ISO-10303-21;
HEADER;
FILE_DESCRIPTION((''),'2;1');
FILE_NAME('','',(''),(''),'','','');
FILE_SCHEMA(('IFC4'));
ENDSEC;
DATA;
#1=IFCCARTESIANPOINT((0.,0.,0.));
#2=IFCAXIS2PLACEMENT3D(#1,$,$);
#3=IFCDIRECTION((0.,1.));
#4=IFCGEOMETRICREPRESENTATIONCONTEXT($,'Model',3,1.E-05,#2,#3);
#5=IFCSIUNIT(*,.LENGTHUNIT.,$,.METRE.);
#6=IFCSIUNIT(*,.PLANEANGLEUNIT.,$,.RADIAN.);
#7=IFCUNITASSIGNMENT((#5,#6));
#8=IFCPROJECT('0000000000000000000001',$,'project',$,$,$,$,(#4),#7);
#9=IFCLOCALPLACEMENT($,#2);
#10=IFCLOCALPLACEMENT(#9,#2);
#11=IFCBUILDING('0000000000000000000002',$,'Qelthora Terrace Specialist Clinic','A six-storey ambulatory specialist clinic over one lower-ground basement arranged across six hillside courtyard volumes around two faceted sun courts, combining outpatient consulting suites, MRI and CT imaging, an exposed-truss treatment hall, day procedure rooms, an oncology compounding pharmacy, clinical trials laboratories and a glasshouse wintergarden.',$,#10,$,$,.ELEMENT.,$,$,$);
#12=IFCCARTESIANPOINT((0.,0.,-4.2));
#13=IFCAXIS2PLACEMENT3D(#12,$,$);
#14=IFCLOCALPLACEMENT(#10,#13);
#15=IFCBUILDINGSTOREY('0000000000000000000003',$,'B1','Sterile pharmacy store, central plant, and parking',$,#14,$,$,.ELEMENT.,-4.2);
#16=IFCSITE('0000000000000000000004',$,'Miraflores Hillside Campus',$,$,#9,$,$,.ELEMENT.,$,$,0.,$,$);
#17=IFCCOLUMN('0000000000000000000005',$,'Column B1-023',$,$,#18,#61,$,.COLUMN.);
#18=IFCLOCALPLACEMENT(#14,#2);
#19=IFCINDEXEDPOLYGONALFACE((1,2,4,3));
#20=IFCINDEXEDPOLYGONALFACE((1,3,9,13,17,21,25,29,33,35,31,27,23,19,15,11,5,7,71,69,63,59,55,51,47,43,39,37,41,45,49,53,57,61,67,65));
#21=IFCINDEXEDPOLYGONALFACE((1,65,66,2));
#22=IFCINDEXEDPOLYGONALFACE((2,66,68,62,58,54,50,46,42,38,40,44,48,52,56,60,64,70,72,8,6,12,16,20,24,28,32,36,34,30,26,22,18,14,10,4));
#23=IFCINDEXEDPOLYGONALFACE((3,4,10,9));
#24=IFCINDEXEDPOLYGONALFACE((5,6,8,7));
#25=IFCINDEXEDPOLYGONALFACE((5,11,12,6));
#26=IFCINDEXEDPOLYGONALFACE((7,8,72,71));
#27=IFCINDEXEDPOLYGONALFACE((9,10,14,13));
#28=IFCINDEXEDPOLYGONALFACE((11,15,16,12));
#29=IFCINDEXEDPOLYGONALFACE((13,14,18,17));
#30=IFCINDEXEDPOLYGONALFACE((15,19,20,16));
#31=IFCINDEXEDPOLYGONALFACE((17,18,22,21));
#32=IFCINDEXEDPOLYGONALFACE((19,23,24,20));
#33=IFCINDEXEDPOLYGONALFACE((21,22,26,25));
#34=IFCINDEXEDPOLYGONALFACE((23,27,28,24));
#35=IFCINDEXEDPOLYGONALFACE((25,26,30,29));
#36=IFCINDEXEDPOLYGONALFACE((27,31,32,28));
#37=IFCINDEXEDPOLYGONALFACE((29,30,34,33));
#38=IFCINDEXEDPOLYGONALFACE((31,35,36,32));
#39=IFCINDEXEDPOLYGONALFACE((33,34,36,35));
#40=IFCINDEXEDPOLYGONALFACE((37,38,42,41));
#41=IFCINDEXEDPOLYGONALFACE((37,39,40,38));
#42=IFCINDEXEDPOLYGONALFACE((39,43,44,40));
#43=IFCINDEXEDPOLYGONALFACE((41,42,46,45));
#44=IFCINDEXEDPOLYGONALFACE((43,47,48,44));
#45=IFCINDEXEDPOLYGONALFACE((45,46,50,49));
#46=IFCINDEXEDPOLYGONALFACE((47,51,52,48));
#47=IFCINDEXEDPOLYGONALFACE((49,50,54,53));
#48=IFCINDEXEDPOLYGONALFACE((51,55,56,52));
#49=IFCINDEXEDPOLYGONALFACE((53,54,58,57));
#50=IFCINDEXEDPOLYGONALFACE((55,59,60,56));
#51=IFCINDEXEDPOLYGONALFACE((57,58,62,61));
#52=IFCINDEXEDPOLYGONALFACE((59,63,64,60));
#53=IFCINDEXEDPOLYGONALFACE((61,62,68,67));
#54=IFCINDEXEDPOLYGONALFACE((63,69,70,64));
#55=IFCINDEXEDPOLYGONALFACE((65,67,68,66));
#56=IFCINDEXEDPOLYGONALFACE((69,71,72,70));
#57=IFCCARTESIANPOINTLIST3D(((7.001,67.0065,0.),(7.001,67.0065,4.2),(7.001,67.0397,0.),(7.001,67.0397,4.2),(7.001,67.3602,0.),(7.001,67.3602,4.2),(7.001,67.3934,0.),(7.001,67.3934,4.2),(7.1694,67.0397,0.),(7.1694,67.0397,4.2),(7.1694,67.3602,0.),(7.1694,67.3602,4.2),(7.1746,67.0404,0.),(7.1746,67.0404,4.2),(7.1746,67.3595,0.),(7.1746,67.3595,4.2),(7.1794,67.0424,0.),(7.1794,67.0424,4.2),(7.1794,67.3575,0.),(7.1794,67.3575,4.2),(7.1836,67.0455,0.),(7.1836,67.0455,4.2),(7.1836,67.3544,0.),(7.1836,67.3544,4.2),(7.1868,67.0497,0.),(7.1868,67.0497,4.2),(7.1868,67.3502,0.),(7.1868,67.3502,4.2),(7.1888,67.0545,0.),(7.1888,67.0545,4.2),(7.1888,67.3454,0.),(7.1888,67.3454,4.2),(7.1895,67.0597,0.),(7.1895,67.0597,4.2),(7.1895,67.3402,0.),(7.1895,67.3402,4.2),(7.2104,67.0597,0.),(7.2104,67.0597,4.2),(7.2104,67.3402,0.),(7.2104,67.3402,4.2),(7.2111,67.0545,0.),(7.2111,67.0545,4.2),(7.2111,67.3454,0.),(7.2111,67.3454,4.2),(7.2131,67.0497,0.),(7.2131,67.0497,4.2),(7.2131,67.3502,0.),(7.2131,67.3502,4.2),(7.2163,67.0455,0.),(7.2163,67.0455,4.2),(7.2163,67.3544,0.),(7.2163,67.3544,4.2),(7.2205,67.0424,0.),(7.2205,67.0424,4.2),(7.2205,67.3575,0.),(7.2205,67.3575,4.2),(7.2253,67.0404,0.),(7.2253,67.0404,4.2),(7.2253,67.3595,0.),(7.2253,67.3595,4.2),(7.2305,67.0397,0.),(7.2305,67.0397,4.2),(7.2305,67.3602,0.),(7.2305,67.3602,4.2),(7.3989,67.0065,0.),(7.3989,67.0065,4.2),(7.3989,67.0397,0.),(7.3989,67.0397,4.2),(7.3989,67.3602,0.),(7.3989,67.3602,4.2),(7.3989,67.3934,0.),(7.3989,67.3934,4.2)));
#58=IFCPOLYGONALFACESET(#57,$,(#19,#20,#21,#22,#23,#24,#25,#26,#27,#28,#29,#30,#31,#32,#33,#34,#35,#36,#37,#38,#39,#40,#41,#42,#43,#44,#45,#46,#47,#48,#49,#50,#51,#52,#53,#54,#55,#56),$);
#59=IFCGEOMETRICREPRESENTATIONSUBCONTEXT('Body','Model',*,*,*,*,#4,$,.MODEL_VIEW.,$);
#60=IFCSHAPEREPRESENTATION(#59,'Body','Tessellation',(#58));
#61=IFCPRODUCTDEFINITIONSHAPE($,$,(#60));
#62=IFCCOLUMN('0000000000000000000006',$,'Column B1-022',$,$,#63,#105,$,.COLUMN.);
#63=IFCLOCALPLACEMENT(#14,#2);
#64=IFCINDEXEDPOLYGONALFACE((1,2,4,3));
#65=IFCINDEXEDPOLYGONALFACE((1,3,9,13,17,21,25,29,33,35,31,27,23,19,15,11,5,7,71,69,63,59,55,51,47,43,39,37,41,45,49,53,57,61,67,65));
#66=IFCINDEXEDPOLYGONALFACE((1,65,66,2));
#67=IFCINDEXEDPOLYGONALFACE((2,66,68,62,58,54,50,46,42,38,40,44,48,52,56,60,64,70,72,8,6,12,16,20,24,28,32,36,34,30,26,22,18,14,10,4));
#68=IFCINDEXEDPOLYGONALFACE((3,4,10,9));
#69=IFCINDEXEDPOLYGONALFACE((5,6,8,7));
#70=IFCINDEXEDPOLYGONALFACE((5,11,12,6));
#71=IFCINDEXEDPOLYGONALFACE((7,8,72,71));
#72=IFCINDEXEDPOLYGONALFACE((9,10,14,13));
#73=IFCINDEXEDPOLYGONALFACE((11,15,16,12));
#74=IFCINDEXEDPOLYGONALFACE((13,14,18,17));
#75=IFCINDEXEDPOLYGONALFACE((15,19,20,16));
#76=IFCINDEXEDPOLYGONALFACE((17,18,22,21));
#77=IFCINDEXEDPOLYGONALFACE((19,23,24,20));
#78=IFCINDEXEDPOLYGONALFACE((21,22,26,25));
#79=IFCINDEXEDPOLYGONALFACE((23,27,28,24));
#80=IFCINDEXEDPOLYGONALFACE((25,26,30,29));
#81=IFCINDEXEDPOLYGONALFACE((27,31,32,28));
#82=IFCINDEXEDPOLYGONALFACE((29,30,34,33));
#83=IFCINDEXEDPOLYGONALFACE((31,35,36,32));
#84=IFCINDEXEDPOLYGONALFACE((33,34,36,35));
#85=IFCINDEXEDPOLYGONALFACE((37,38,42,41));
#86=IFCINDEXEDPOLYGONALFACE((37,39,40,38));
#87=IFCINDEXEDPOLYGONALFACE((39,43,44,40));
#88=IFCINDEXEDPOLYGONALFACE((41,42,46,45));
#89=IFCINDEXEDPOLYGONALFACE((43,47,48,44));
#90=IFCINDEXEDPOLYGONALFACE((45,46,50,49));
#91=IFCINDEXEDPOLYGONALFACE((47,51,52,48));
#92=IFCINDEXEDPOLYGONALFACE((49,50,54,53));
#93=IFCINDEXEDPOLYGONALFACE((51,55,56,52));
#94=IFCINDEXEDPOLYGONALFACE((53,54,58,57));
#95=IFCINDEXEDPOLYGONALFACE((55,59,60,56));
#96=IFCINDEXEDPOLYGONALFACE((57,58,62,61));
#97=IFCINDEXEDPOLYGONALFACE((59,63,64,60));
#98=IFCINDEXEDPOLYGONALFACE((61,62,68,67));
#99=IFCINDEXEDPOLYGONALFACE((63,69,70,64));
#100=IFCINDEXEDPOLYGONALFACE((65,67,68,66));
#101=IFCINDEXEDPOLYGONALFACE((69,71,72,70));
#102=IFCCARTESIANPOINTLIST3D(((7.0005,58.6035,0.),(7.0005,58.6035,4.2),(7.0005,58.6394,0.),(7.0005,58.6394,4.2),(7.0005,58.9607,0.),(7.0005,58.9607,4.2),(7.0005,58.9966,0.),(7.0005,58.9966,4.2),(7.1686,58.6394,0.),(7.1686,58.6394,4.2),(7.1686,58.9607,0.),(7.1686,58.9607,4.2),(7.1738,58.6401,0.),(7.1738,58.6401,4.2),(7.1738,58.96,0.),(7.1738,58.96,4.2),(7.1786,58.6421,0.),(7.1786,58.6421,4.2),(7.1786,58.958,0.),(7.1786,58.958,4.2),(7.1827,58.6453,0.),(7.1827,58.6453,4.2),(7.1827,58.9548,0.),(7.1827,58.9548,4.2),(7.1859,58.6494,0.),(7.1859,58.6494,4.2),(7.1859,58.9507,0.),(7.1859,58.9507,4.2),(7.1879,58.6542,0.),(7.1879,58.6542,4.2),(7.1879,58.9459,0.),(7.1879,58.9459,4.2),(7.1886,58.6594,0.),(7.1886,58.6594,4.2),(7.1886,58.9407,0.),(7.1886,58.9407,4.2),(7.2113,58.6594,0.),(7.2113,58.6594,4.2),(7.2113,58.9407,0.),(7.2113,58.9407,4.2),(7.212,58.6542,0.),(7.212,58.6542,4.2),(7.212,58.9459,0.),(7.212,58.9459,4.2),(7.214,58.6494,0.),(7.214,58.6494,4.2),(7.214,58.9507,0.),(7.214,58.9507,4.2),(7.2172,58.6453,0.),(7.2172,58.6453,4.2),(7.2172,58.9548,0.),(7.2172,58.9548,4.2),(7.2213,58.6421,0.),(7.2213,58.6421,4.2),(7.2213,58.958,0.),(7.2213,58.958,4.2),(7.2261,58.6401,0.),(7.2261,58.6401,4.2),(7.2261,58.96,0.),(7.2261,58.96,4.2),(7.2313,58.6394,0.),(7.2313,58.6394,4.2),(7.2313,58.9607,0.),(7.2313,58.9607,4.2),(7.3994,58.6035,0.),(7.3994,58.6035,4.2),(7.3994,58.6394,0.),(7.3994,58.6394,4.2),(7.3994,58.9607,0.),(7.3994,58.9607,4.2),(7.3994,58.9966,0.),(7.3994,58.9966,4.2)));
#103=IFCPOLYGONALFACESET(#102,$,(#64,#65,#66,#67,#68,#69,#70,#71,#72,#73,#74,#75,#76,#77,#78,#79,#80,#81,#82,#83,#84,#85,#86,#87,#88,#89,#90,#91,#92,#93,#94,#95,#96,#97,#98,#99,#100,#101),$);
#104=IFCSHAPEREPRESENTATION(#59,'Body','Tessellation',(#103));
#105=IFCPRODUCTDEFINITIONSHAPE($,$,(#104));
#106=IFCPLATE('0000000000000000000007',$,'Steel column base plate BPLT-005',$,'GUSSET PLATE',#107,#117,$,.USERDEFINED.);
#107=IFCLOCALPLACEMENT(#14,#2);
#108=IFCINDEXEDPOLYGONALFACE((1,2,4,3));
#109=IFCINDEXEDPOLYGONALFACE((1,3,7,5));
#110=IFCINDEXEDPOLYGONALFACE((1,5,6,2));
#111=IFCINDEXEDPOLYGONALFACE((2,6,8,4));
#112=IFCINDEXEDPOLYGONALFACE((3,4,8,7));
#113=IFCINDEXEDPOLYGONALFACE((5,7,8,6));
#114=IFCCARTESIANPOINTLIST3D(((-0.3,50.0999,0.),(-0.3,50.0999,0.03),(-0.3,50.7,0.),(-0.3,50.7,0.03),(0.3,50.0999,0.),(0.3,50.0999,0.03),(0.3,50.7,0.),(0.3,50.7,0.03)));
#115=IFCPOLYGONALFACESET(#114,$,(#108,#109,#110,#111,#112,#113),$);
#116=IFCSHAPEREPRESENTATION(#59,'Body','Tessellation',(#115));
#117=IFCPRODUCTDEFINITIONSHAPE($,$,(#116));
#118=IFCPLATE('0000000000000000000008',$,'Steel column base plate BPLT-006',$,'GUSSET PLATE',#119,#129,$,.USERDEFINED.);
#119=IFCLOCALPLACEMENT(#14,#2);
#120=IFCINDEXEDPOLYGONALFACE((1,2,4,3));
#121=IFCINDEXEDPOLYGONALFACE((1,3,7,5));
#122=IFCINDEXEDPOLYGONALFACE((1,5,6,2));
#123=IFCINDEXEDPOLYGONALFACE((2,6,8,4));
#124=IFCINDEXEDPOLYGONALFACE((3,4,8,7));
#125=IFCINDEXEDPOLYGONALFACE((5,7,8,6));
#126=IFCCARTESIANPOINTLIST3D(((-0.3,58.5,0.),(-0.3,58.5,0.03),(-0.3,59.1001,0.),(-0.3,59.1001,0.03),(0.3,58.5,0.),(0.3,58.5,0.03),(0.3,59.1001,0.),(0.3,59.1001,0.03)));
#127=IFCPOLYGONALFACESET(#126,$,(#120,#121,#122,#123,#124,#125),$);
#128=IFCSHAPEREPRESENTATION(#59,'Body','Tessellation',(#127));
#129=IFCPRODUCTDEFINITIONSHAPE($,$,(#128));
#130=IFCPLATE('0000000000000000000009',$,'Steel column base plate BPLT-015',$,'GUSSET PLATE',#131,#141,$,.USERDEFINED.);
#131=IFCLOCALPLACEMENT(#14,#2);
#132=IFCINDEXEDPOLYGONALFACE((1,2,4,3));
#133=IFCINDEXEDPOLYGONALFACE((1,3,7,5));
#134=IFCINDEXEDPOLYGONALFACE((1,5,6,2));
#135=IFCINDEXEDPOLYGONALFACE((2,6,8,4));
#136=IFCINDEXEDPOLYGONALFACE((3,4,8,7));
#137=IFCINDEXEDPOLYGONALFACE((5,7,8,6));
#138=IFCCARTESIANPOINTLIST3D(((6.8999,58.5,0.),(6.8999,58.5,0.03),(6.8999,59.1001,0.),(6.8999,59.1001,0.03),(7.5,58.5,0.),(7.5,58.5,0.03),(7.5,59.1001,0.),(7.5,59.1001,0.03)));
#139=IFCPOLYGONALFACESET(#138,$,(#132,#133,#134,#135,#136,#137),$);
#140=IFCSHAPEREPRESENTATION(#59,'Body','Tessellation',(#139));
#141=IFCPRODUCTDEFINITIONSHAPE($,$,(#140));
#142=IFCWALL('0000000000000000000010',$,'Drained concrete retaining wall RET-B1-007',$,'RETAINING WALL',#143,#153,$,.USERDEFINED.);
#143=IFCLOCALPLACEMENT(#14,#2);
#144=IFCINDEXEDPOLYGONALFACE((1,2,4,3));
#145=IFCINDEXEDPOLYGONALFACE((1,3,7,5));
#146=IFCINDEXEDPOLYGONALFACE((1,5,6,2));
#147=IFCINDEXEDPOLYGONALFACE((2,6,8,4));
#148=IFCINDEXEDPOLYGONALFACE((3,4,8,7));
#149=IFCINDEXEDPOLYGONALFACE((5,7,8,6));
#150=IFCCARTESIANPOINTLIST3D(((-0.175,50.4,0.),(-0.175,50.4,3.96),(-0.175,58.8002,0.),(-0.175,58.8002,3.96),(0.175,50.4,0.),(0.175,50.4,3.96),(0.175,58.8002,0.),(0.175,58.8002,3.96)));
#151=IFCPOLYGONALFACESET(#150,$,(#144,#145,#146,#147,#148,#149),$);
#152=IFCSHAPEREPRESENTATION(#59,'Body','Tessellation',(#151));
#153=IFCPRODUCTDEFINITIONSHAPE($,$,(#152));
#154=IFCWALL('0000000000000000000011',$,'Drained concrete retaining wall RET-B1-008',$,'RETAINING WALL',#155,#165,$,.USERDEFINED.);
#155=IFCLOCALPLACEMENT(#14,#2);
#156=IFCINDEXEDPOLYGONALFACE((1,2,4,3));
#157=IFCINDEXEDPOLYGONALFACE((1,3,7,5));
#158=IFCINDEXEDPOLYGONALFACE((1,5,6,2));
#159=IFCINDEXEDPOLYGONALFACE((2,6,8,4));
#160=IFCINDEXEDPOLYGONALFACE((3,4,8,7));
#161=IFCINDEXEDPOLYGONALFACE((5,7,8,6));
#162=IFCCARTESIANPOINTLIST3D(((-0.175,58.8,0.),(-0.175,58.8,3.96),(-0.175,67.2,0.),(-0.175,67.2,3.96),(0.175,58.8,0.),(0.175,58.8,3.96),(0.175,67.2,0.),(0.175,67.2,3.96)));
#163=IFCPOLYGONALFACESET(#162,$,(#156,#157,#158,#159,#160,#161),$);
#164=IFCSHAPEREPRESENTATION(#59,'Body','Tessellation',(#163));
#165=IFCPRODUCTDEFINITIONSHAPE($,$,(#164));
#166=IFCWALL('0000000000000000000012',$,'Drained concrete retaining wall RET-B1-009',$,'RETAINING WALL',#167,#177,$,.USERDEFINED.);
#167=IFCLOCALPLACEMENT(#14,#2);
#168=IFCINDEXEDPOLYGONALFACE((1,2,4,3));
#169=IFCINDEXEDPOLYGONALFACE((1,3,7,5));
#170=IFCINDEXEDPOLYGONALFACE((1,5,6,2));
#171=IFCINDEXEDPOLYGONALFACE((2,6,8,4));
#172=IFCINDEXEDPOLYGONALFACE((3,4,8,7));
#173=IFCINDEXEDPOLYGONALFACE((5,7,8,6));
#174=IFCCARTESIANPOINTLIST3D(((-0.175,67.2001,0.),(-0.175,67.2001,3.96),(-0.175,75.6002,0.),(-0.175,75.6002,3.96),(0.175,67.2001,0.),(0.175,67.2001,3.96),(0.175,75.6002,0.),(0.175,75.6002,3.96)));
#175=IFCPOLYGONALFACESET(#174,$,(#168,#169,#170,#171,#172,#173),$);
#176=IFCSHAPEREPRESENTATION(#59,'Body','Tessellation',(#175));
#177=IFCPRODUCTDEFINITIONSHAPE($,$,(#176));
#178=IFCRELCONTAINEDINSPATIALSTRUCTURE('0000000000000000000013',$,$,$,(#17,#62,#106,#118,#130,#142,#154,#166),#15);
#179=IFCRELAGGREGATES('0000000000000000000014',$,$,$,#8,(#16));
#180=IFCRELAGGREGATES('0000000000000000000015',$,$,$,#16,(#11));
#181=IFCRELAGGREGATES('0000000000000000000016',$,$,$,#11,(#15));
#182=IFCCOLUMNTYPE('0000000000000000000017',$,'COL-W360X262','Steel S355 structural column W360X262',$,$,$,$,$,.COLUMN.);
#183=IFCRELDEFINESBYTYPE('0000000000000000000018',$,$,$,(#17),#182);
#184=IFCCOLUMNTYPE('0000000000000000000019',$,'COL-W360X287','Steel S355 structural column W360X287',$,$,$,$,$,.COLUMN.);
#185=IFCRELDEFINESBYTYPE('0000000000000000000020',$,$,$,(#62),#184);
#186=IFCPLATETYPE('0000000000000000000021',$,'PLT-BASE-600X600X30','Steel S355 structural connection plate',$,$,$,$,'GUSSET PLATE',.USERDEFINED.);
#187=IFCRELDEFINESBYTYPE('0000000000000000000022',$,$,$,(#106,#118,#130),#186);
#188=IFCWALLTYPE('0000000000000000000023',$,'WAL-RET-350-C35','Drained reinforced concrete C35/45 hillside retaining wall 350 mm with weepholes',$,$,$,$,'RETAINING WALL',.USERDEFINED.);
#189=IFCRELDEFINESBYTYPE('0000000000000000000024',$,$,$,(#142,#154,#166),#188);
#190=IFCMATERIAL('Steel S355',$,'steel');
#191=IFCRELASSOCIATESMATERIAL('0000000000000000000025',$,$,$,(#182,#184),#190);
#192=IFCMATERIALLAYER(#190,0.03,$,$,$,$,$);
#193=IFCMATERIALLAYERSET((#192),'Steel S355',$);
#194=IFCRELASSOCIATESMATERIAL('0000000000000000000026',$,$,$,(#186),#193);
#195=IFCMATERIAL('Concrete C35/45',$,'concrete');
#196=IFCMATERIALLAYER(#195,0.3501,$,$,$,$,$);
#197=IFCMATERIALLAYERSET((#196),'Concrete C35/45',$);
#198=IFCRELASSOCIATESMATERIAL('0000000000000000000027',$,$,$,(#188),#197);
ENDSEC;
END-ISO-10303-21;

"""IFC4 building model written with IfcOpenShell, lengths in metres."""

from ifc_helpers import new_model, si_unit, direction, frame, frame_2d, origin, origin_2d, place, context, subcontext, project, spatial, rectangle, i_section, extrude, material, layer, layer_set, material_profile, profile_set, type_object, element, save


model = new_model("IFC4")

# Units and contexts
model_context = context("Model", 3, precision=1e-05, world=origin(), true_north=direction((0.0, 1.0)))
body_context = subcontext(model_context, "Body", "Model", "MODEL_VIEW")
ifc_project = project(units=[si_unit("LENGTHUNIT", "METRE"), si_unit("PLANEANGLEUNIT", "RADIAN")], contexts=[model_context])

# Site, building, storey
site_placement = place(None, origin())
site = spatial("IfcSite", under=ifc_project, at=site_placement, Name="Miraflores Hillside Campus", CompositionType="ELEMENT", RefElevation=0.0)
building_placement = place(site_placement, origin())
building = spatial("IfcBuilding", under=site, at=building_placement, Name="Qelthora Terrace Specialist Clinic", Description="A six-storey ambulatory specialist clinic over one lower-ground basement arranged across six hillside courtyard volumes around two faceted sun courts, combining outpatient consulting suites, MRI and CT imaging, an exposed-truss treatment hall, day procedure rooms, an oncology compounding pharmacy, clinical trials laboratories and a glasshouse wintergarden.", CompositionType="ELEMENT")
storey_placement = place(building_placement, frame((0.0, 0.0, -4.2)))
storey = spatial("IfcBuildingStorey", under=building, at=storey_placement, Name="B1", Description="Sterile pharmacy store, central plant, and parking", CompositionType="ELEMENT", Elevation=-4.2)

# Shared definitions
ifc_material_1 = material(Name="Concrete C35/45", Category="concrete")

# Columns
ifc_material_2 = material(Name="Steel S355", Category="steel")
ifc_material_profile_1 = material_profile(ifc_material_2, i_section(OverallWidth=0.3979, OverallDepth=0.387, WebThickness=0.021, FlangeThickness=0.0332, FilletRadius=0.02, at=origin_2d()), Name="W360X262")
ifc_profile_set_1 = profile_set([ifc_material_profile_1], Name="Steel S355")
column_type_1 = type_object("IfcColumnType", Name="COL-W360X262", Description="Steel S355 structural column W360X262", PredefinedType="COLUMN", material=ifc_profile_set_1)
column_1_placement = place(storey_placement, frame((7.2, 67.2, 0.0), z_axis=(0.0, 0.0, 1.0), x_axis=(1.0, 0.0, 0.0)))
element("IfcColumn", 1, at=column_1_placement, inside=storey, type_object=column_type_1, Name="Column B1-023", PredefinedType="COLUMN", context=body_context, shape_type="SweptSolid", body=[
    extrude(i_section(OverallWidth=0.3979, OverallDepth=0.387, WebThickness=0.021, FlangeThickness=0.0332, FilletRadius=0.02, at=origin_2d()), origin(), (0.0, 0.0, 1.0), 4.2),
])
ifc_material_profile_2 = material_profile(ifc_material_2, i_section(OverallWidth=0.3989, OverallDepth=0.3931, WebThickness=0.0227, FlangeThickness=0.0359, FilletRadius=0.02, at=origin_2d()), Name="W360X287")
ifc_profile_set_2 = profile_set([ifc_material_profile_2], Name="Steel S355")
column_type_2 = type_object("IfcColumnType", Name="COL-W360X287", Description="Steel S355 structural column W360X287", PredefinedType="COLUMN", material=ifc_profile_set_2)
column_2_placement = place(storey_placement, frame((7.2, 58.8, 0.0), z_axis=(0.0, 0.0, 1.0), x_axis=(1.0, 0.0, 0.0)))
element("IfcColumn", 2, at=column_2_placement, inside=storey, type_object=column_type_2, Name="Column B1-022", PredefinedType="COLUMN", context=body_context, shape_type="SweptSolid", body=[
    extrude(i_section(OverallWidth=0.3989, OverallDepth=0.3931, WebThickness=0.0227, FlangeThickness=0.0359, FilletRadius=0.02, at=origin_2d()), origin(), (0.0, 0.0, 1.0), 4.2),
])

# Plates
ifc_layer_1 = layer(ifc_material_2, 0.03)
ifc_layer_set_1 = layer_set([ifc_layer_1], Name="Steel S355")
plate_type = type_object("IfcPlateType", Name="PLT-BASE-600X600X30", Description="Steel S355 structural connection plate", ElementType="GUSSET PLATE", PredefinedType="USERDEFINED", material=ifc_layer_set_1)
for number, where, z_axis, x_axis, name in (
    (3, (0.0, 50.3999, 0.0), (0.0, 0.0, 1.0), (1.0, 0.0, 0.0), "Steel column base plate BPLT-005"),
    (4, (0.0, 58.8, 0.0), (0.0, 0.0, 1.0), (1.0, 0.0, 0.0), "Steel column base plate BPLT-006"),
    (5, (7.2, 58.8, 0.0), (0.0, 0.0, 1.0), (1.0, 0.0, 0.0), "Steel column base plate BPLT-015"),
):
    element("IfcPlate", number, at=place(storey_placement, frame(where, z_axis=z_axis, x_axis=x_axis)), inside=storey, type_object=plate_type, Name=name, ObjectType="GUSSET PLATE", PredefinedType="USERDEFINED", context=body_context, shape_type="SweptSolid", body=[
        extrude(rectangle(XDim=0.6001, YDim=0.6001, at=origin_2d()), origin(), (0.0, 0.0, 1.0), 0.03),
    ])

# Walls
ifc_layer_2 = layer(ifc_material_1, 0.3501)
ifc_layer_set_2 = layer_set([ifc_layer_2], Name="Concrete C35/45")
wall_type = type_object("IfcWallType", Name="WAL-RET-350-C35", Description="Drained reinforced concrete C35/45 hillside retaining wall 350 mm with weepholes", ElementType="RETAINING WALL", PredefinedType="USERDEFINED", material=ifc_layer_set_2)
wall_1_placement = place(storey_placement, frame((0.0, 50.3999, 0.0), z_axis=(0.0, 0.0, 1.0), x_axis=(0.0, 1.0, 0.0)))
element("IfcWall", 6, at=wall_1_placement, inside=storey, type_object=wall_type, Name="Drained concrete retaining wall RET-B1-007", ObjectType="RETAINING WALL", PredefinedType="USERDEFINED", context=body_context, shape_type="SweptSolid", body=[
    extrude(rectangle(XDim=8.4001, YDim=0.3501, at=frame_2d((4.2002, 0.0))), origin(), (0.0, 0.0, 1.0), 3.96),
])
wall_2_placement = place(storey_placement, frame((0.0, 58.8, 0.0), z_axis=(0.0, 0.0, 1.0), x_axis=(0.0, 1.0, 0.0)))
element("IfcWall", 7, at=wall_2_placement, inside=storey, type_object=wall_type, Name="Drained concrete retaining wall RET-B1-008", ObjectType="RETAINING WALL", PredefinedType="USERDEFINED", context=body_context, shape_type="SweptSolid", body=[
    extrude(rectangle(XDim=8.3999, YDim=0.3501, at=frame_2d((4.2, 0.0))), origin(), (0.0, 0.0, 1.0), 3.96),
])
wall_3_placement = place(storey_placement, frame((0.0, 67.2, 0.0), z_axis=(0.0, 0.0, 1.0), x_axis=(0.0, 1.0, 0.0)))
element("IfcWall", 8, at=wall_3_placement, inside=storey, type_object=wall_type, Name="Drained concrete retaining wall RET-B1-009", ObjectType="RETAINING WALL", PredefinedType="USERDEFINED", context=body_context, shape_type="SweptSolid", body=[
    extrude(rectangle(XDim=8.4001, YDim=0.3501, at=frame_2d((4.2002, 0.0))), origin(), (0.0, 0.0, 1.0), 3.96),
])

save(model, "model.ifc")
